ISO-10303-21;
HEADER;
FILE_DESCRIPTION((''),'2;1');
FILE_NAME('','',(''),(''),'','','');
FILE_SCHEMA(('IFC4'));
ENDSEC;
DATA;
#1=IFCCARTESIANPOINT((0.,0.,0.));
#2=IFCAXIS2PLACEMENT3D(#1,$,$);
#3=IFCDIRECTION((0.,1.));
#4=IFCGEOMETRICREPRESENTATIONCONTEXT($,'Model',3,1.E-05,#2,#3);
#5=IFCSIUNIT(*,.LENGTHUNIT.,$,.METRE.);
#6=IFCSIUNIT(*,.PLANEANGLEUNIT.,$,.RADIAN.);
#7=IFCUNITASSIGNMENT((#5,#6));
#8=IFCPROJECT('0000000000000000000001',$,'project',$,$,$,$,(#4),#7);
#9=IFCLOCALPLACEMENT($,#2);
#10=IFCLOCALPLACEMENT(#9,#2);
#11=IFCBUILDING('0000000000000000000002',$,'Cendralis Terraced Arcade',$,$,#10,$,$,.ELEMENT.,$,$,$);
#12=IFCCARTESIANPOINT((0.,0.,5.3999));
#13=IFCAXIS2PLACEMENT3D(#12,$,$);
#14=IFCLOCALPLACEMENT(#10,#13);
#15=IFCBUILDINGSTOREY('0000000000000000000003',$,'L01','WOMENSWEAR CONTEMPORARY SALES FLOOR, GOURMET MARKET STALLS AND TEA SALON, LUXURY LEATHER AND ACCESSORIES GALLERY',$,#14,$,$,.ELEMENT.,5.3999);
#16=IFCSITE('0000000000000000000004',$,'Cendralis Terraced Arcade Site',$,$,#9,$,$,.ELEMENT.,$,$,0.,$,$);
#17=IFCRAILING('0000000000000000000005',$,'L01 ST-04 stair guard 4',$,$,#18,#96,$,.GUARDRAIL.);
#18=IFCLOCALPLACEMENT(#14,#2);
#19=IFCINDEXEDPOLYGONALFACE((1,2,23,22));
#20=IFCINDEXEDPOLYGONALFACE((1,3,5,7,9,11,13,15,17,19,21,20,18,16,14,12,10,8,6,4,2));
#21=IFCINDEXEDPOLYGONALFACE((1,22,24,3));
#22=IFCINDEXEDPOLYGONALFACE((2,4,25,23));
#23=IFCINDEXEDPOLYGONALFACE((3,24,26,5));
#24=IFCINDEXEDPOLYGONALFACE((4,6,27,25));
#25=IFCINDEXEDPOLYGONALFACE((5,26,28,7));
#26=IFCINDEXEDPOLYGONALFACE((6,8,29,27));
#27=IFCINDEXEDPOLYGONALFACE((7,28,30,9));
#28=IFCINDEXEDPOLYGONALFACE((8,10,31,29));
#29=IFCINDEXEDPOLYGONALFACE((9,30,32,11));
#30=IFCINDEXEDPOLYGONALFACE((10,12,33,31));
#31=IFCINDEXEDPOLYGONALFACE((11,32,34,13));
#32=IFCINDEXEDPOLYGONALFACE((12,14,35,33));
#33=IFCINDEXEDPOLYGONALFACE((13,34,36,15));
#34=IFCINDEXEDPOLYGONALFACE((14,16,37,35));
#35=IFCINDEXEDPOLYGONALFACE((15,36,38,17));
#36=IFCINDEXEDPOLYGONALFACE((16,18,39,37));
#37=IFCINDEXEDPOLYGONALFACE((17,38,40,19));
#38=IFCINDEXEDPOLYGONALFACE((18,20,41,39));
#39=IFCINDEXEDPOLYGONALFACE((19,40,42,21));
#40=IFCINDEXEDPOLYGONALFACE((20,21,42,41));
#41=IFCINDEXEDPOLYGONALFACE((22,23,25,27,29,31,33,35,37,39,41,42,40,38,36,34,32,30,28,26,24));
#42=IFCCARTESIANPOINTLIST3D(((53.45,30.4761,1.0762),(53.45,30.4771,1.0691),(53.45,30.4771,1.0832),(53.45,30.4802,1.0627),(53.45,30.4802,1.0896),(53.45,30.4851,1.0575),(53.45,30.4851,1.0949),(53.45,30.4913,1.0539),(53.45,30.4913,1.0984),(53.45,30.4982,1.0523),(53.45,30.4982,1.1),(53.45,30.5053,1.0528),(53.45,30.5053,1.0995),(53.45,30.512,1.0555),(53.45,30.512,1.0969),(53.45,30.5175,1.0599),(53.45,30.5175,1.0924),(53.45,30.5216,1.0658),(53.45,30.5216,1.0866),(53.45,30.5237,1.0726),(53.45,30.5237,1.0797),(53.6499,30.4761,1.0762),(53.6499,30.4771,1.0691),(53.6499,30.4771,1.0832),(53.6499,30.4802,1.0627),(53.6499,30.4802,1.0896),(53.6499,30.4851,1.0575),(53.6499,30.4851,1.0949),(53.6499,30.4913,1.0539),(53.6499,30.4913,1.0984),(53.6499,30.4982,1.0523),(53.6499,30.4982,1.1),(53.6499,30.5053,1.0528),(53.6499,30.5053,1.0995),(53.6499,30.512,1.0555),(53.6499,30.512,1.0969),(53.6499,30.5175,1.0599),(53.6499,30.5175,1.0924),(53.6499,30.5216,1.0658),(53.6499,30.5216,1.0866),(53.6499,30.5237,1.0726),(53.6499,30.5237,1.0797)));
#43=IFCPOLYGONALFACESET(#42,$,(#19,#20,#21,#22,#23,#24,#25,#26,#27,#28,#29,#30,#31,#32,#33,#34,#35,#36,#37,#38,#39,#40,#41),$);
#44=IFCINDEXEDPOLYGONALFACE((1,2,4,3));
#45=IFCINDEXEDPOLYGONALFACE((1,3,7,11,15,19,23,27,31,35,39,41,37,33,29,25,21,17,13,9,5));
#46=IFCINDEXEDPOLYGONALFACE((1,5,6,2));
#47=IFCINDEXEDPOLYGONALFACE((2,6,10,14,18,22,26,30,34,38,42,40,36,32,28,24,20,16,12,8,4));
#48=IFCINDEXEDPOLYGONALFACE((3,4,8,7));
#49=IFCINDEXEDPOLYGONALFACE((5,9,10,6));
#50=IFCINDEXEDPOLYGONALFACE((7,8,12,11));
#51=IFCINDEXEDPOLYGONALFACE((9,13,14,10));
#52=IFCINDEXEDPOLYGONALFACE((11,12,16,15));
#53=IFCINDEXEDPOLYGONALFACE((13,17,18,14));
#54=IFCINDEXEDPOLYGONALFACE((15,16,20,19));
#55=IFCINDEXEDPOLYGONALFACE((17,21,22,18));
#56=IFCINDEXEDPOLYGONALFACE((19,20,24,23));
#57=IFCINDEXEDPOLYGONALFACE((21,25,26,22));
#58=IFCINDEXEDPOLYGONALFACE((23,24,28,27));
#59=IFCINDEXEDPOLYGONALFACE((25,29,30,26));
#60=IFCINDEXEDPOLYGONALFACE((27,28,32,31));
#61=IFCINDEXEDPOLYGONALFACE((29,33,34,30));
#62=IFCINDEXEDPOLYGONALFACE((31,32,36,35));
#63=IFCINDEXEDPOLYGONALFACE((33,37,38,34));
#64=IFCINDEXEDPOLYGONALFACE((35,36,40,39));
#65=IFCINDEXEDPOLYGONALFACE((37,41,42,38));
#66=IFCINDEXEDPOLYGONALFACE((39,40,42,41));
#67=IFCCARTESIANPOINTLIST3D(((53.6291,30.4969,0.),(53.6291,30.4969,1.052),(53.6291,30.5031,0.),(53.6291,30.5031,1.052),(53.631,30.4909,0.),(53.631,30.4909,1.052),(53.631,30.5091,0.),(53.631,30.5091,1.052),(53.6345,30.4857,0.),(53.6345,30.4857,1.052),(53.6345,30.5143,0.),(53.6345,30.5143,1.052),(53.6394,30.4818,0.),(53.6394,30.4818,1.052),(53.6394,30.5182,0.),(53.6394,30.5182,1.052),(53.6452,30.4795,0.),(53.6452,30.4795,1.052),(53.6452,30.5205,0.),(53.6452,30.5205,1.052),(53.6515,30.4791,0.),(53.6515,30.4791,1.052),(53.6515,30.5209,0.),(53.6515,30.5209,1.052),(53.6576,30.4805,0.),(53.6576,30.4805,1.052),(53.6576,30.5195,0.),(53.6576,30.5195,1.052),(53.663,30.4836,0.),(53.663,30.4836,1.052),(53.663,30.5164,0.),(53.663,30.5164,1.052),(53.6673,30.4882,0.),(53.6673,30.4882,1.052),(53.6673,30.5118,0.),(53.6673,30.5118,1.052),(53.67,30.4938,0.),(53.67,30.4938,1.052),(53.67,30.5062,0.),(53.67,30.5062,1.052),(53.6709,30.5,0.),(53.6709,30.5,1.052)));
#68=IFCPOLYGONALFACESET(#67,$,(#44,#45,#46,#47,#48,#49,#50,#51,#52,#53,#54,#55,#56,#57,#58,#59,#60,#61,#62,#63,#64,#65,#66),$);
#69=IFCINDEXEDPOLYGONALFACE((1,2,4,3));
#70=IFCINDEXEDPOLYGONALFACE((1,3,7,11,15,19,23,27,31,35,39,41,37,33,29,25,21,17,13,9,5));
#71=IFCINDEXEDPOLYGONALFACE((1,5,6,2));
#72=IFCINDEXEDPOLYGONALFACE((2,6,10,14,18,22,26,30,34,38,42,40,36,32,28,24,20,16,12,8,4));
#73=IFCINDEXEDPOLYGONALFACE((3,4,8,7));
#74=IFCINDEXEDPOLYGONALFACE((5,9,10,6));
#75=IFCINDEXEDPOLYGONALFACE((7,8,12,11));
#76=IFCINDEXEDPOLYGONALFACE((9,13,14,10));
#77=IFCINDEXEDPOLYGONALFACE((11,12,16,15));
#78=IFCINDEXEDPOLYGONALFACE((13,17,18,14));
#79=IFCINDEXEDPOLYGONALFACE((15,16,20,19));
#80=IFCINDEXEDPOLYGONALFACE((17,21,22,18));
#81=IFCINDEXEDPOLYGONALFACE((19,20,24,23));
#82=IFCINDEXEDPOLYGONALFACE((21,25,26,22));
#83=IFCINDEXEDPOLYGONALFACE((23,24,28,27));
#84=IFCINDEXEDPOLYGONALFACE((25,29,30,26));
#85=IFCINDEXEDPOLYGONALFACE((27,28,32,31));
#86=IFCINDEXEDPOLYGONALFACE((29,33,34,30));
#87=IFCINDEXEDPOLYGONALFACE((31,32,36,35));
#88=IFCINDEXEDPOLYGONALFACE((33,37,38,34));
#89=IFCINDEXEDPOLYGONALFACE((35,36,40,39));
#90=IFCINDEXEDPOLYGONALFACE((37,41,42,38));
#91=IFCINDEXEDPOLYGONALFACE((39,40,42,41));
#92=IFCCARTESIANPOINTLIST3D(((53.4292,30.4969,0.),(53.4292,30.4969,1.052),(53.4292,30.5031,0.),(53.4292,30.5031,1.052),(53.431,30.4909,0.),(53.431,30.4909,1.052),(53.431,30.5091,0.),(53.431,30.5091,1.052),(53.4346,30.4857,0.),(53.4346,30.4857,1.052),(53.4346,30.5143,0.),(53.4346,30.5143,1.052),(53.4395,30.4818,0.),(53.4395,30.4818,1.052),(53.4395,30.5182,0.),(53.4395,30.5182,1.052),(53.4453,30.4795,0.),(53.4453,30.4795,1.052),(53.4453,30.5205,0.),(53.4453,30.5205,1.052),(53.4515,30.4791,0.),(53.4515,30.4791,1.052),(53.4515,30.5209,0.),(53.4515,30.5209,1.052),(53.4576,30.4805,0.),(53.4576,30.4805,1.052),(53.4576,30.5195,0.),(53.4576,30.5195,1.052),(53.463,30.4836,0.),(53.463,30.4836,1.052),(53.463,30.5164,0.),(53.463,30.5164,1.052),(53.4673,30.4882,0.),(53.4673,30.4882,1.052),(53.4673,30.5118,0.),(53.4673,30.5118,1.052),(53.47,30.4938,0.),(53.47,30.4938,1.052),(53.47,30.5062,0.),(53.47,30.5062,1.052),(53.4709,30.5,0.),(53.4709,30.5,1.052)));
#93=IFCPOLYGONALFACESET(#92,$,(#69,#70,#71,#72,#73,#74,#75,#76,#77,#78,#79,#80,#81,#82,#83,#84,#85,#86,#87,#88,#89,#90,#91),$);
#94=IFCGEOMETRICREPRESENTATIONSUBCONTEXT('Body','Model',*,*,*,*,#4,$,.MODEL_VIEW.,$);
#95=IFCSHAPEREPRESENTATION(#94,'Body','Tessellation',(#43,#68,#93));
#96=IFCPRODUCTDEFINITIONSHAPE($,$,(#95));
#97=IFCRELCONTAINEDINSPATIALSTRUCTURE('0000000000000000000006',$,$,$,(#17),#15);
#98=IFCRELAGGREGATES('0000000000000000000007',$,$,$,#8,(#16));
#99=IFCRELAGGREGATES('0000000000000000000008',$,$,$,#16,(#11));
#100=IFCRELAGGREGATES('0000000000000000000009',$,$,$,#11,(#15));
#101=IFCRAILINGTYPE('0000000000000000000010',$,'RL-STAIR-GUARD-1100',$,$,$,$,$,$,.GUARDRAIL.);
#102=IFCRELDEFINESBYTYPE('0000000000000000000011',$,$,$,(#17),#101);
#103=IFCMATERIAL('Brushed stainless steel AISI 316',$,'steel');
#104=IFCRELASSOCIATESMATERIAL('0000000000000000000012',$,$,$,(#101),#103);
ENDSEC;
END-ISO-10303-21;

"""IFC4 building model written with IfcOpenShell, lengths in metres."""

from ifc_helpers import new_model, si_unit, direction, frame, origin, origin_2d, place, context, subcontext, project, spatial, circle, extrude, material, type_object, element, save


model = new_model("IFC4")

# Units and contexts
model_context = context("Model", 3, precision=1e-05, world=origin(), true_north=direction((0.0, 1.0)))
body_context = subcontext(model_context, "Body", "Model", "MODEL_VIEW")
ifc_project = project(units=[si_unit("LENGTHUNIT", "METRE"), si_unit("PLANEANGLEUNIT", "RADIAN")], contexts=[model_context])

# Site, building, storey
site_placement = place(None, origin())
site = spatial("IfcSite", under=ifc_project, at=site_placement, Name="Cendralis Terraced Arcade Site", CompositionType="ELEMENT", RefElevation=0.0)
building_placement = place(site_placement, origin())
building = spatial("IfcBuilding", under=site, at=building_placement, Name="Cendralis Terraced Arcade", CompositionType="ELEMENT")
storey_placement = place(building_placement, frame((0.0, 0.0, 5.3999)))
storey = spatial("IfcBuildingStorey", under=building, at=storey_placement, Name="L01", Description="WOMENSWEAR CONTEMPORARY SALES FLOOR, GOURMET MARKET STALLS AND TEA SALON, LUXURY LEATHER AND ACCESSORIES GALLERY", CompositionType="ELEMENT", Elevation=5.3999)

# Railing
ifc_material_1 = material(Name="Brushed stainless steel AISI 316", Category="steel")
railing_type_1 = type_object("IfcRailingType", Name="RL-STAIR-GUARD-1100", PredefinedType="GUARDRAIL", material=ifc_material_1)
railing_1_placement = place(storey_placement, frame((53.6499, 30.5, 0.0)))
element("IfcRailing", 1, at=railing_1_placement, inside=storey, type_object=railing_type_1, Name="L01 ST-04 stair guard 4", PredefinedType="GUARDRAIL", context=body_context, shape_type="SweptSolid", body=[
    extrude(circle(Radius=0.0239, at=origin_2d()), frame((0.0, 0.0, 1.0762), z_axis=(-1.0, 0.0, 0.0), x_axis=(0.0, -1.0, 0.0)), (0.0, 0.0, 1.0), 0.2),
    extrude(circle(Radius=0.021, at=origin_2d()), origin(), (0.0, 0.0, 1.0), 1.052),
    extrude(circle(Radius=0.021, at=origin_2d()), frame((-0.2, 0.0, 0.0)), (0.0, 0.0, 1.0), 1.052),
])

save(model, "model.ifc")
